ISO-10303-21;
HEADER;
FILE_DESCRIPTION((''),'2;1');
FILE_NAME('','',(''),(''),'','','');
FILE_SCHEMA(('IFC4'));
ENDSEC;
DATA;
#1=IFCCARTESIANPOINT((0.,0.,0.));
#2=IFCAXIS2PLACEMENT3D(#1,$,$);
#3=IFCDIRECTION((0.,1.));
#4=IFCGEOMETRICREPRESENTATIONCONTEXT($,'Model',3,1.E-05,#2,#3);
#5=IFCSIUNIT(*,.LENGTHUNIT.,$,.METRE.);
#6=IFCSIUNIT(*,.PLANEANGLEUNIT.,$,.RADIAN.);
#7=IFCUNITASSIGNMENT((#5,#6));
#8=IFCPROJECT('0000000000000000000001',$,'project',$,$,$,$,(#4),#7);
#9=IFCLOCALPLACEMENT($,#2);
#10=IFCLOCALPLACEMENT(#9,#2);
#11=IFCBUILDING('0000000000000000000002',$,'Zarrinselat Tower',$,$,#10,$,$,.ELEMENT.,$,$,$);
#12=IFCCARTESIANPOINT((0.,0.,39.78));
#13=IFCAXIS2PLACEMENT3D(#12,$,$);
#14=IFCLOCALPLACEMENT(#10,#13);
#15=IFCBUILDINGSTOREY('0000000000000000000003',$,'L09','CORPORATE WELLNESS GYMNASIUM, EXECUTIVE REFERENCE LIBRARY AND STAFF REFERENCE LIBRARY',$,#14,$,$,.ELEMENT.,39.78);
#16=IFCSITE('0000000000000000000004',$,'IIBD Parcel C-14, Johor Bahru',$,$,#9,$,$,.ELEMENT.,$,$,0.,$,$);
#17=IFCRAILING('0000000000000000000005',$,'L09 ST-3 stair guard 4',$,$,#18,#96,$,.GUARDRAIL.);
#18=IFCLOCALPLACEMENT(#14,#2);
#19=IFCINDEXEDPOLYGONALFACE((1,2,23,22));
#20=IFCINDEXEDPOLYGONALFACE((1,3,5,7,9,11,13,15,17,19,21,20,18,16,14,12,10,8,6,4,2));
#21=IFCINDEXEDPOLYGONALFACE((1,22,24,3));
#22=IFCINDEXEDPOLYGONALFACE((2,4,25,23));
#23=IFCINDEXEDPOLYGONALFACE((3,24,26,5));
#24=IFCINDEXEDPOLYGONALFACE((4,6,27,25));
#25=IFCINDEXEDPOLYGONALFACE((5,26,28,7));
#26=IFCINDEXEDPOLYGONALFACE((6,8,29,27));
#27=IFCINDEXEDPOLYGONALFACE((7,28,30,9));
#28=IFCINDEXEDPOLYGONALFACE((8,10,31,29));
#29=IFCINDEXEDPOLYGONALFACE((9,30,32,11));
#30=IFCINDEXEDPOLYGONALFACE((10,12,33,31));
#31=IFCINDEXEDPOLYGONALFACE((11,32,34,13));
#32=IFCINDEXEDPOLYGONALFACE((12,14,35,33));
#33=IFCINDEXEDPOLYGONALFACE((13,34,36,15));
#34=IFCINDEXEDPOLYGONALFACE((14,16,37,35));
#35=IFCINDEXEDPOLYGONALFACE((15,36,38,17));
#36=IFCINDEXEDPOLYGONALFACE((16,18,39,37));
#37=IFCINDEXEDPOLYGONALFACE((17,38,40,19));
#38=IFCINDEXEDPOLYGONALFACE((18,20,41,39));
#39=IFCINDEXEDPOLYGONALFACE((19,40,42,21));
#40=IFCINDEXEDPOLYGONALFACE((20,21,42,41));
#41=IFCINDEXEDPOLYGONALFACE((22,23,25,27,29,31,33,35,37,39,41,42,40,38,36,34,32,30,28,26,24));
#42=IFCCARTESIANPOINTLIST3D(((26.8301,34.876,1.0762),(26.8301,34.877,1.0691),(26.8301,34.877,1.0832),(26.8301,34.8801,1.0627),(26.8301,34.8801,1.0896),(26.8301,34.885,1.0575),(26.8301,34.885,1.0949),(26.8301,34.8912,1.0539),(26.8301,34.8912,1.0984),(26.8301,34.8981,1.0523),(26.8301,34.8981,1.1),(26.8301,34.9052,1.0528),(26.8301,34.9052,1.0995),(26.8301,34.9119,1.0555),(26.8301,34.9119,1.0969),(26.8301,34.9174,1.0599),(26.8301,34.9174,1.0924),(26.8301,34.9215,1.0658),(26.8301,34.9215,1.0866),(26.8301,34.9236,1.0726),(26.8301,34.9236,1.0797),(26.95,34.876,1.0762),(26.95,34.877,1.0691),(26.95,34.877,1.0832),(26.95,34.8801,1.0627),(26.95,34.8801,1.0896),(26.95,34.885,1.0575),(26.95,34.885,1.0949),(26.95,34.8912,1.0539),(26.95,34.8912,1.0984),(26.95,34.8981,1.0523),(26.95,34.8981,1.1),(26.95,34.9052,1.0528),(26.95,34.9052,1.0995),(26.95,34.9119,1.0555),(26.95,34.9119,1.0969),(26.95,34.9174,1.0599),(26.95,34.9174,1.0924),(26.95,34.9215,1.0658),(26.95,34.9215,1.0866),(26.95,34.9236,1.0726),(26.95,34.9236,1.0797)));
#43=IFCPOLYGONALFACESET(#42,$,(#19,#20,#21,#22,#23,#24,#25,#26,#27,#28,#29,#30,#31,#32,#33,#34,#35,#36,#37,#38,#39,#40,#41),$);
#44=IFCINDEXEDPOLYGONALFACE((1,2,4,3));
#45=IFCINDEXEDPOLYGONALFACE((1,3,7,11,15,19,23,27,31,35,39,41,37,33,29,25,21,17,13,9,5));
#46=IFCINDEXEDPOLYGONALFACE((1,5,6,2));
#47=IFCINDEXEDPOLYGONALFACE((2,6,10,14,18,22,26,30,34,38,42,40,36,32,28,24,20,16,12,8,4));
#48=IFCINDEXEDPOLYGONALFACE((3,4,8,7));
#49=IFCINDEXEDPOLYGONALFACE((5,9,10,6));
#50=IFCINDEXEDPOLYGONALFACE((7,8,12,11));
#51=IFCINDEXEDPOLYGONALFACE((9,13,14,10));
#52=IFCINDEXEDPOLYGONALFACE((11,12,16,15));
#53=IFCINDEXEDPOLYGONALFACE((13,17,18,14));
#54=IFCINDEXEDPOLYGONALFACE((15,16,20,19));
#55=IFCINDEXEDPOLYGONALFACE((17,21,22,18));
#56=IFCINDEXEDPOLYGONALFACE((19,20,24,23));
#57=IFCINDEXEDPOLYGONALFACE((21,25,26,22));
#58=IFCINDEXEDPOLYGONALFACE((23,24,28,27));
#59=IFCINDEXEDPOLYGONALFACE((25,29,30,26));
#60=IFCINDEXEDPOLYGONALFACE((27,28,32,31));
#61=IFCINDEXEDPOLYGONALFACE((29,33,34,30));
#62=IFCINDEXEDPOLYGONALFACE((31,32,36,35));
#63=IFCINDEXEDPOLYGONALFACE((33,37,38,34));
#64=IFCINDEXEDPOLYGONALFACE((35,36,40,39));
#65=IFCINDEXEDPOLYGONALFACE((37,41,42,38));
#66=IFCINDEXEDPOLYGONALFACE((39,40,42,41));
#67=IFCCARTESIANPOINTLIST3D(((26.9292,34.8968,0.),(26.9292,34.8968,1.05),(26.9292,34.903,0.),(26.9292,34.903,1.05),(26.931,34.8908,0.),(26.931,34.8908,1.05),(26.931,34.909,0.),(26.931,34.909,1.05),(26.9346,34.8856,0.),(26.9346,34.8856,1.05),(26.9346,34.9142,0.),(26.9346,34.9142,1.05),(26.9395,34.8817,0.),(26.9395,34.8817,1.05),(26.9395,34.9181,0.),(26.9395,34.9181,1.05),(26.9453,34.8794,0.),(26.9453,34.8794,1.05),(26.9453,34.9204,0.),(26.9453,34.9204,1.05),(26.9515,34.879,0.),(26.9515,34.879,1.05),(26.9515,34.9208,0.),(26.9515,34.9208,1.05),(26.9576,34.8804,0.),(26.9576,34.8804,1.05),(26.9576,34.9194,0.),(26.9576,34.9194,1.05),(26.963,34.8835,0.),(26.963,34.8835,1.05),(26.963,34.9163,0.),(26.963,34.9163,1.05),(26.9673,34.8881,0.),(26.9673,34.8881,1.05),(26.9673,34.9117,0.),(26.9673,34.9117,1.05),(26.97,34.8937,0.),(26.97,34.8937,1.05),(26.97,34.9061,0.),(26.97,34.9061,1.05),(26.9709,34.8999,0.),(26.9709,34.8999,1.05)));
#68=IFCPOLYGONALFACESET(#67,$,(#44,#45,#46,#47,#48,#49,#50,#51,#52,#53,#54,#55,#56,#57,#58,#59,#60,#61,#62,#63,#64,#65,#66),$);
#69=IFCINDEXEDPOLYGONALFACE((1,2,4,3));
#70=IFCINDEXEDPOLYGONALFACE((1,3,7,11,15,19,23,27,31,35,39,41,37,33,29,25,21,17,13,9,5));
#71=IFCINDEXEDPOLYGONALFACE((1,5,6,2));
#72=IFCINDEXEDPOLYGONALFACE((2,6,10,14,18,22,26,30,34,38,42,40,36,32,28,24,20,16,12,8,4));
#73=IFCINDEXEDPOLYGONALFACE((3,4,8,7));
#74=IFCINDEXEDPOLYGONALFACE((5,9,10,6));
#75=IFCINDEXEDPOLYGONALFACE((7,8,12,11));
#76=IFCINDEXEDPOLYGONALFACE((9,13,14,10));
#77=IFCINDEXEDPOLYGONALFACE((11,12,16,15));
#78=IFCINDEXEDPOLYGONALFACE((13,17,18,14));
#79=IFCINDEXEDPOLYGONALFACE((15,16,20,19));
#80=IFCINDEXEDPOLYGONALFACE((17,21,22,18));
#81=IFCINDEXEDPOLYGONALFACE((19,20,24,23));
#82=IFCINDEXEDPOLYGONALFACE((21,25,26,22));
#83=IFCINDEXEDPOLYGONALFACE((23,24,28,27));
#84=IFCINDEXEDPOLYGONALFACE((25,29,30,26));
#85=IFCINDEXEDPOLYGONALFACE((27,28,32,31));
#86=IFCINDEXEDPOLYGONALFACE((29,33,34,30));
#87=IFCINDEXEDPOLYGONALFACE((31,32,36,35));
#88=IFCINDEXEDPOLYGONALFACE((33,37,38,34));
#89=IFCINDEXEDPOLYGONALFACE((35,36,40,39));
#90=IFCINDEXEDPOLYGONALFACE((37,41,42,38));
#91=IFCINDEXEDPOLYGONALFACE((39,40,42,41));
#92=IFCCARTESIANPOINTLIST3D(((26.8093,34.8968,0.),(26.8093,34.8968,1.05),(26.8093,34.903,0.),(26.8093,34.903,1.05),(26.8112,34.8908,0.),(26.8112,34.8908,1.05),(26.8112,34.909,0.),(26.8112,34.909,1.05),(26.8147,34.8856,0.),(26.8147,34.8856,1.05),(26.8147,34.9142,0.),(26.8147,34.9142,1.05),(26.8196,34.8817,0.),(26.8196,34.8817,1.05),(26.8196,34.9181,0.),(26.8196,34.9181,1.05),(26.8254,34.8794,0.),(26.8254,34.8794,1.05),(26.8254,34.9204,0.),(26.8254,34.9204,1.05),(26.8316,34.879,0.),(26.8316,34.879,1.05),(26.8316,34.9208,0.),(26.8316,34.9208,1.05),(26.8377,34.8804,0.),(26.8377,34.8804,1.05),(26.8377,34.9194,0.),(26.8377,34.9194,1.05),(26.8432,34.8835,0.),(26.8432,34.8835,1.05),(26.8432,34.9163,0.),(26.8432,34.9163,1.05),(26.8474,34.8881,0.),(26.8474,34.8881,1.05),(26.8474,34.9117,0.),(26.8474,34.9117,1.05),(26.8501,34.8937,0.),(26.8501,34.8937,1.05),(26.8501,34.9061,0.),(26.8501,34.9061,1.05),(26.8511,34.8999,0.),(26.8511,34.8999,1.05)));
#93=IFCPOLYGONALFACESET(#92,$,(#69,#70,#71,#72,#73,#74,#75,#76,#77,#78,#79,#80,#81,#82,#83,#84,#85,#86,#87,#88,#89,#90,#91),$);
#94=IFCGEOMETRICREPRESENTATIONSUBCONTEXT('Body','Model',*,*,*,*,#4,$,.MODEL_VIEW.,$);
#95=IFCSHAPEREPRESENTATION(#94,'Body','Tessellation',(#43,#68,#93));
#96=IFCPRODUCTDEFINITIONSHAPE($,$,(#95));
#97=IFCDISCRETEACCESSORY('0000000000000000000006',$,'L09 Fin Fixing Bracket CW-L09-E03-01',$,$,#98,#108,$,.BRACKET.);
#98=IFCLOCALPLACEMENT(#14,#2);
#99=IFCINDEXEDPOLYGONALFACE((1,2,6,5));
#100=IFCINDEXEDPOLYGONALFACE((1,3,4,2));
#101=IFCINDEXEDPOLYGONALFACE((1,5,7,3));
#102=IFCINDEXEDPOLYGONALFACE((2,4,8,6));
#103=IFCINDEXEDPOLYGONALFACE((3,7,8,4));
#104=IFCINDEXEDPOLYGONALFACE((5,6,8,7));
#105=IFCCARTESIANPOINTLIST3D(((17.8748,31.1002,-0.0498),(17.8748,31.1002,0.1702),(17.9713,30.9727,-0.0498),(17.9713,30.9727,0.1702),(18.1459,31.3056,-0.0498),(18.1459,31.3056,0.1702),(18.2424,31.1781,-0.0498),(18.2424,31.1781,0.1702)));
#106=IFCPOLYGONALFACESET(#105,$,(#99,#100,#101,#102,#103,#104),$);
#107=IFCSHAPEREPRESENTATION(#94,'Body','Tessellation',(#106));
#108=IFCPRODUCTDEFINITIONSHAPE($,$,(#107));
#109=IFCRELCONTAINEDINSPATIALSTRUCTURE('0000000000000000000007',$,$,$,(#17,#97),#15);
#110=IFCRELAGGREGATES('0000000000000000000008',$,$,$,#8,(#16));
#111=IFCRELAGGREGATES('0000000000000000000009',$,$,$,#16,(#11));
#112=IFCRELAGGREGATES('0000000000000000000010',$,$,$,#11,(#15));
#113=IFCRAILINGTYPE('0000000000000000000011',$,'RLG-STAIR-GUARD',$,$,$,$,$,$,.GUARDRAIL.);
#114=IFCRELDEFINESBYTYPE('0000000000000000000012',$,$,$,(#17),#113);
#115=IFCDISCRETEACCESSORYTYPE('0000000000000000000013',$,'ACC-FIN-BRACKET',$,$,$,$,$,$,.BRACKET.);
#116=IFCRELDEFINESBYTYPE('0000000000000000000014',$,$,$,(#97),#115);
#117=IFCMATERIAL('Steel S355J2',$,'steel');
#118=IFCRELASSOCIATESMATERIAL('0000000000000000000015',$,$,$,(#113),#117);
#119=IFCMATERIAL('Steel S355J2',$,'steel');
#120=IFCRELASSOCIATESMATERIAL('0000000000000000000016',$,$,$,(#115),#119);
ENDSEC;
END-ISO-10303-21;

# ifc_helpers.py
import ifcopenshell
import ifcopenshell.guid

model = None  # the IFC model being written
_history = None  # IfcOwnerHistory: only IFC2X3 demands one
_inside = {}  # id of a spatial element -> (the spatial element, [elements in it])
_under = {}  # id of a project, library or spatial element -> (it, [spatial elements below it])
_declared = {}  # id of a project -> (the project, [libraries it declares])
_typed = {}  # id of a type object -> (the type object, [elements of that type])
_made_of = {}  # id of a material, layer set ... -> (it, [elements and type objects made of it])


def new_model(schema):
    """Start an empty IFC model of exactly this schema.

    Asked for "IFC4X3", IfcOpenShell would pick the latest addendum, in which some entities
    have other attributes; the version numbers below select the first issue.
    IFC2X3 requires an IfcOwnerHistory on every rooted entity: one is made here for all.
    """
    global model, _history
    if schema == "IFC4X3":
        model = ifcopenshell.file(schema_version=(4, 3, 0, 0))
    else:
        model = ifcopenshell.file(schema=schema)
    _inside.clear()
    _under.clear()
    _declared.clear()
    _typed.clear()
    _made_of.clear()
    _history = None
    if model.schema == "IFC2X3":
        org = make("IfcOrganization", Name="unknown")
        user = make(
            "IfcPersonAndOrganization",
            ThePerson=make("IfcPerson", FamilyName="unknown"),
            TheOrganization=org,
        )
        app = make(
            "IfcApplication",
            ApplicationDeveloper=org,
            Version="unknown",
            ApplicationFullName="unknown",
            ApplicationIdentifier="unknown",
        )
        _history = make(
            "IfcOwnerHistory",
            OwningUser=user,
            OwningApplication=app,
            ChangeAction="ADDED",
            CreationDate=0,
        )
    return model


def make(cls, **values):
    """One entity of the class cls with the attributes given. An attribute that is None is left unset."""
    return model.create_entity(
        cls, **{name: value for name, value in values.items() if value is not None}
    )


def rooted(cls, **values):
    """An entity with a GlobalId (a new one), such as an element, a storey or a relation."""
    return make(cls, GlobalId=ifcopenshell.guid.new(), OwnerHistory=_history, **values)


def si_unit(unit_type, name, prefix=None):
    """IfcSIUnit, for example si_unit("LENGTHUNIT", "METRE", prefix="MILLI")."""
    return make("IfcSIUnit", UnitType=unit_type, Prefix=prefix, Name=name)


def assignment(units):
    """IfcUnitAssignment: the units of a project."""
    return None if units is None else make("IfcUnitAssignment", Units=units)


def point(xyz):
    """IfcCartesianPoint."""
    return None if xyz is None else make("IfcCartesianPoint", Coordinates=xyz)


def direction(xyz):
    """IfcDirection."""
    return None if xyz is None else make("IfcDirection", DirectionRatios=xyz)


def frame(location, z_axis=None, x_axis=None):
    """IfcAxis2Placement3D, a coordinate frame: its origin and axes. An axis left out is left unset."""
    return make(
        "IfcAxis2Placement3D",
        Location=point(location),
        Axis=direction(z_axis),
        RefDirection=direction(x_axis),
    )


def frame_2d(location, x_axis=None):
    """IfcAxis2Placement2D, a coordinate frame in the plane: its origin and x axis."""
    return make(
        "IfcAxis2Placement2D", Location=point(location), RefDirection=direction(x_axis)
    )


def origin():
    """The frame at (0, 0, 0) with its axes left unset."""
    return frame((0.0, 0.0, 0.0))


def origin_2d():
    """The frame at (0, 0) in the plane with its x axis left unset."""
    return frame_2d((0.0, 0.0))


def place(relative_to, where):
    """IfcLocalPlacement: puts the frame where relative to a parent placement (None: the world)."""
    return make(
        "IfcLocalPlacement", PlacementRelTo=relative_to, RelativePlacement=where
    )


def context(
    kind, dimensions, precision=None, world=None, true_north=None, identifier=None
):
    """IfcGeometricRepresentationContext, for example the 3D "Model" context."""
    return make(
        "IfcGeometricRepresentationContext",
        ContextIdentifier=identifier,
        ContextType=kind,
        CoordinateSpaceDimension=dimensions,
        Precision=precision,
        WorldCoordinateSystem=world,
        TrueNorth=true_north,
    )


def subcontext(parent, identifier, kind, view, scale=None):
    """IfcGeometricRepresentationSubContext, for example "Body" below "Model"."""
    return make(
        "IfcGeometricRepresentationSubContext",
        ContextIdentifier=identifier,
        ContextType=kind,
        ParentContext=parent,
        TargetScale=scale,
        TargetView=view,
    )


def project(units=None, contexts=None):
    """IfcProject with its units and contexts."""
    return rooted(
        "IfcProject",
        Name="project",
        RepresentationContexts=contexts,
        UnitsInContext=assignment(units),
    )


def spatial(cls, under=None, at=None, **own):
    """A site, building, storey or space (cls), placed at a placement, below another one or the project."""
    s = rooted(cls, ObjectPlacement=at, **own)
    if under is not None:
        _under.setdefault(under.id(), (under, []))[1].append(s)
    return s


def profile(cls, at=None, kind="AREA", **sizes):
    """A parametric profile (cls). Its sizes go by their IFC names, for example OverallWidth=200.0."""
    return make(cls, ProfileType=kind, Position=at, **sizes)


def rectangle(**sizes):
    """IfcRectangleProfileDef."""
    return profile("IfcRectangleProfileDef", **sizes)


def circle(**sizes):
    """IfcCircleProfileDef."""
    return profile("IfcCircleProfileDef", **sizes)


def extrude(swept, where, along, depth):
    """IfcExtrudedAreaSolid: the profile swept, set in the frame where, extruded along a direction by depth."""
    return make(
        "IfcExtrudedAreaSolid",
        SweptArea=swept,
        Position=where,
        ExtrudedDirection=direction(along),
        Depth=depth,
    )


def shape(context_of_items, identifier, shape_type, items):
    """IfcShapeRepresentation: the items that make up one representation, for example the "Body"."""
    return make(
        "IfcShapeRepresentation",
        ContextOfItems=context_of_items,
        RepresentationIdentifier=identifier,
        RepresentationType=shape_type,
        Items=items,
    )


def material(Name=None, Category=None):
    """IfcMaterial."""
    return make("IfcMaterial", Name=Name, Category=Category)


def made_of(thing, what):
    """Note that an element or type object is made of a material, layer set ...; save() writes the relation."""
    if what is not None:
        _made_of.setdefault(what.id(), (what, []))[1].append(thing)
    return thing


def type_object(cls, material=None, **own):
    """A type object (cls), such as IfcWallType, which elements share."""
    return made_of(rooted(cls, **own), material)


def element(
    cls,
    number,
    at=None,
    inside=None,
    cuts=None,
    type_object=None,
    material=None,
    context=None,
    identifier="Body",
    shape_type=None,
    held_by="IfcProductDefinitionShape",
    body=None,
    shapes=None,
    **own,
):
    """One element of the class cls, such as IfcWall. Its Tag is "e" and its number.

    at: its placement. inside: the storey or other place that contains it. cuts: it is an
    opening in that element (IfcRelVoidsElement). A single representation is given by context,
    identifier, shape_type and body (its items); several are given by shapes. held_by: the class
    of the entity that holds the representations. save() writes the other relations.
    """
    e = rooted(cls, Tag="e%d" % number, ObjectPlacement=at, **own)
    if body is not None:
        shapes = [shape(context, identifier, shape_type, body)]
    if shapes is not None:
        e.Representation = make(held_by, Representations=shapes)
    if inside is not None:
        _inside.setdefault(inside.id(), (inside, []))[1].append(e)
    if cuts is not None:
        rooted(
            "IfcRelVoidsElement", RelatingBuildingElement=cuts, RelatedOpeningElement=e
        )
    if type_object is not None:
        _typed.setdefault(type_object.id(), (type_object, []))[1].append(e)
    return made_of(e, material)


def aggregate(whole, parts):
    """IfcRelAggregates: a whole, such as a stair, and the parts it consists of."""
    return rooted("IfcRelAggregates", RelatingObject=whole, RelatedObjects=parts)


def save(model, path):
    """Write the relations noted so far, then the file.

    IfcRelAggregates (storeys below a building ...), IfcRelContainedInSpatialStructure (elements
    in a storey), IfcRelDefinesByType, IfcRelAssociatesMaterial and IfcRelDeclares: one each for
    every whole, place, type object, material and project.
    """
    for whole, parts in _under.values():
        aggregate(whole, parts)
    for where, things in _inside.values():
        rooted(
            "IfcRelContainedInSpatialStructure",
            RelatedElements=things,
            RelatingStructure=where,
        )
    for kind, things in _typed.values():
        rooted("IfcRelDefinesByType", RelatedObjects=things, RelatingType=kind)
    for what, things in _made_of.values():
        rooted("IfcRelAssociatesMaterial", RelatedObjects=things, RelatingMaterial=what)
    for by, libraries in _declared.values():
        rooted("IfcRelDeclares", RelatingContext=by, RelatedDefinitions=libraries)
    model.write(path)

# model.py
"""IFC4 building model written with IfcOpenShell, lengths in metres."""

from ifc_helpers import new_model, si_unit, direction, frame, origin, origin_2d, place, context, subcontext, project, spatial, rectangle, circle, extrude, material, type_object, element, save


model = new_model("IFC4")

# Units and contexts
model_context = context("Model", 3, precision=1e-05, world=origin(), true_north=direction((0.0, 1.0)))
body_context = subcontext(model_context, "Body", "Model", "MODEL_VIEW")
ifc_project = project(units=[si_unit("LENGTHUNIT", "METRE"), si_unit("PLANEANGLEUNIT", "RADIAN")], contexts=[model_context])

# Site, building, storey
site_placement = place(None, origin())
site = spatial("IfcSite", under=ifc_project, at=site_placement, Name="IIBD Parcel C-14, Johor Bahru", CompositionType="ELEMENT", RefElevation=0.0)
building_placement = place(site_placement, origin())
building = spatial("IfcBuilding", under=site, at=building_placement, Name="Zarrinselat Tower", CompositionType="ELEMENT")
storey_placement = place(building_placement, frame((0.0, 0.0, 39.78)))
storey = spatial("IfcBuildingStorey", under=building, at=storey_placement, Name="L09", Description="CORPORATE WELLNESS GYMNASIUM, EXECUTIVE REFERENCE LIBRARY AND STAFF REFERENCE LIBRARY", CompositionType="ELEMENT", Elevation=39.78)

# Railing
ifc_material_1 = material(Name="Steel S355J2", Category="steel")
railing_type = type_object("IfcRailingType", Name="RLG-STAIR-GUARD", PredefinedType="GUARDRAIL", material=ifc_material_1)
railing_placement = place(storey_placement, frame((26.95, 34.8999, 0.0)))
element("IfcRailing", 1, at=railing_placement, inside=storey, type_object=railing_type, Name="L09 ST-3 stair guard 4", PredefinedType="GUARDRAIL", context=body_context, shape_type="SweptSolid", body=[
    extrude(circle(Radius=0.0239, at=origin_2d()), frame((0.0, 0.0, 1.0762), z_axis=(-1.0, 0.0, 0.0), x_axis=(0.0, -1.0, 0.0)), (0.0, 0.0, 1.0), 0.1199),
    extrude(circle(Radius=0.021, at=origin_2d()), origin(), (0.0, 0.0, 1.0), 1.05),
    extrude(circle(Radius=0.021, at=origin_2d()), frame((-0.1199, 0.0, 0.0)), (0.0, 0.0, 1.0), 1.05),
])

# Discrete accessory
ifc_material_2 = material(Name="Steel S355J2", Category="steel")
discrete_accessory_type = type_object("IfcDiscreteAccessoryType", Name="ACC-FIN-BRACKET", PredefinedType="BRACKET", material=ifc_material_2)
discrete_accessory_placement = place(storey_placement, frame((18.0586, 31.1392, -0.0498), z_axis=(0.0, 0.0, 1.0), x_axis=(-0.797092, -0.603857, 0.0)))
element("IfcDiscreteAccessory", 2, at=discrete_accessory_placement, inside=storey, type_object=discrete_accessory_type, Name="L09 Fin Fixing Bracket CW-L09-E03-01", PredefinedType="BRACKET", context=body_context, shape_type="SweptSolid", body=[
    extrude(rectangle(XDim=0.3401, YDim=0.1599, at=origin_2d()), origin(), (0.0, 0.0, 1.0), 0.22),
])

save(model, "model.ifc")
